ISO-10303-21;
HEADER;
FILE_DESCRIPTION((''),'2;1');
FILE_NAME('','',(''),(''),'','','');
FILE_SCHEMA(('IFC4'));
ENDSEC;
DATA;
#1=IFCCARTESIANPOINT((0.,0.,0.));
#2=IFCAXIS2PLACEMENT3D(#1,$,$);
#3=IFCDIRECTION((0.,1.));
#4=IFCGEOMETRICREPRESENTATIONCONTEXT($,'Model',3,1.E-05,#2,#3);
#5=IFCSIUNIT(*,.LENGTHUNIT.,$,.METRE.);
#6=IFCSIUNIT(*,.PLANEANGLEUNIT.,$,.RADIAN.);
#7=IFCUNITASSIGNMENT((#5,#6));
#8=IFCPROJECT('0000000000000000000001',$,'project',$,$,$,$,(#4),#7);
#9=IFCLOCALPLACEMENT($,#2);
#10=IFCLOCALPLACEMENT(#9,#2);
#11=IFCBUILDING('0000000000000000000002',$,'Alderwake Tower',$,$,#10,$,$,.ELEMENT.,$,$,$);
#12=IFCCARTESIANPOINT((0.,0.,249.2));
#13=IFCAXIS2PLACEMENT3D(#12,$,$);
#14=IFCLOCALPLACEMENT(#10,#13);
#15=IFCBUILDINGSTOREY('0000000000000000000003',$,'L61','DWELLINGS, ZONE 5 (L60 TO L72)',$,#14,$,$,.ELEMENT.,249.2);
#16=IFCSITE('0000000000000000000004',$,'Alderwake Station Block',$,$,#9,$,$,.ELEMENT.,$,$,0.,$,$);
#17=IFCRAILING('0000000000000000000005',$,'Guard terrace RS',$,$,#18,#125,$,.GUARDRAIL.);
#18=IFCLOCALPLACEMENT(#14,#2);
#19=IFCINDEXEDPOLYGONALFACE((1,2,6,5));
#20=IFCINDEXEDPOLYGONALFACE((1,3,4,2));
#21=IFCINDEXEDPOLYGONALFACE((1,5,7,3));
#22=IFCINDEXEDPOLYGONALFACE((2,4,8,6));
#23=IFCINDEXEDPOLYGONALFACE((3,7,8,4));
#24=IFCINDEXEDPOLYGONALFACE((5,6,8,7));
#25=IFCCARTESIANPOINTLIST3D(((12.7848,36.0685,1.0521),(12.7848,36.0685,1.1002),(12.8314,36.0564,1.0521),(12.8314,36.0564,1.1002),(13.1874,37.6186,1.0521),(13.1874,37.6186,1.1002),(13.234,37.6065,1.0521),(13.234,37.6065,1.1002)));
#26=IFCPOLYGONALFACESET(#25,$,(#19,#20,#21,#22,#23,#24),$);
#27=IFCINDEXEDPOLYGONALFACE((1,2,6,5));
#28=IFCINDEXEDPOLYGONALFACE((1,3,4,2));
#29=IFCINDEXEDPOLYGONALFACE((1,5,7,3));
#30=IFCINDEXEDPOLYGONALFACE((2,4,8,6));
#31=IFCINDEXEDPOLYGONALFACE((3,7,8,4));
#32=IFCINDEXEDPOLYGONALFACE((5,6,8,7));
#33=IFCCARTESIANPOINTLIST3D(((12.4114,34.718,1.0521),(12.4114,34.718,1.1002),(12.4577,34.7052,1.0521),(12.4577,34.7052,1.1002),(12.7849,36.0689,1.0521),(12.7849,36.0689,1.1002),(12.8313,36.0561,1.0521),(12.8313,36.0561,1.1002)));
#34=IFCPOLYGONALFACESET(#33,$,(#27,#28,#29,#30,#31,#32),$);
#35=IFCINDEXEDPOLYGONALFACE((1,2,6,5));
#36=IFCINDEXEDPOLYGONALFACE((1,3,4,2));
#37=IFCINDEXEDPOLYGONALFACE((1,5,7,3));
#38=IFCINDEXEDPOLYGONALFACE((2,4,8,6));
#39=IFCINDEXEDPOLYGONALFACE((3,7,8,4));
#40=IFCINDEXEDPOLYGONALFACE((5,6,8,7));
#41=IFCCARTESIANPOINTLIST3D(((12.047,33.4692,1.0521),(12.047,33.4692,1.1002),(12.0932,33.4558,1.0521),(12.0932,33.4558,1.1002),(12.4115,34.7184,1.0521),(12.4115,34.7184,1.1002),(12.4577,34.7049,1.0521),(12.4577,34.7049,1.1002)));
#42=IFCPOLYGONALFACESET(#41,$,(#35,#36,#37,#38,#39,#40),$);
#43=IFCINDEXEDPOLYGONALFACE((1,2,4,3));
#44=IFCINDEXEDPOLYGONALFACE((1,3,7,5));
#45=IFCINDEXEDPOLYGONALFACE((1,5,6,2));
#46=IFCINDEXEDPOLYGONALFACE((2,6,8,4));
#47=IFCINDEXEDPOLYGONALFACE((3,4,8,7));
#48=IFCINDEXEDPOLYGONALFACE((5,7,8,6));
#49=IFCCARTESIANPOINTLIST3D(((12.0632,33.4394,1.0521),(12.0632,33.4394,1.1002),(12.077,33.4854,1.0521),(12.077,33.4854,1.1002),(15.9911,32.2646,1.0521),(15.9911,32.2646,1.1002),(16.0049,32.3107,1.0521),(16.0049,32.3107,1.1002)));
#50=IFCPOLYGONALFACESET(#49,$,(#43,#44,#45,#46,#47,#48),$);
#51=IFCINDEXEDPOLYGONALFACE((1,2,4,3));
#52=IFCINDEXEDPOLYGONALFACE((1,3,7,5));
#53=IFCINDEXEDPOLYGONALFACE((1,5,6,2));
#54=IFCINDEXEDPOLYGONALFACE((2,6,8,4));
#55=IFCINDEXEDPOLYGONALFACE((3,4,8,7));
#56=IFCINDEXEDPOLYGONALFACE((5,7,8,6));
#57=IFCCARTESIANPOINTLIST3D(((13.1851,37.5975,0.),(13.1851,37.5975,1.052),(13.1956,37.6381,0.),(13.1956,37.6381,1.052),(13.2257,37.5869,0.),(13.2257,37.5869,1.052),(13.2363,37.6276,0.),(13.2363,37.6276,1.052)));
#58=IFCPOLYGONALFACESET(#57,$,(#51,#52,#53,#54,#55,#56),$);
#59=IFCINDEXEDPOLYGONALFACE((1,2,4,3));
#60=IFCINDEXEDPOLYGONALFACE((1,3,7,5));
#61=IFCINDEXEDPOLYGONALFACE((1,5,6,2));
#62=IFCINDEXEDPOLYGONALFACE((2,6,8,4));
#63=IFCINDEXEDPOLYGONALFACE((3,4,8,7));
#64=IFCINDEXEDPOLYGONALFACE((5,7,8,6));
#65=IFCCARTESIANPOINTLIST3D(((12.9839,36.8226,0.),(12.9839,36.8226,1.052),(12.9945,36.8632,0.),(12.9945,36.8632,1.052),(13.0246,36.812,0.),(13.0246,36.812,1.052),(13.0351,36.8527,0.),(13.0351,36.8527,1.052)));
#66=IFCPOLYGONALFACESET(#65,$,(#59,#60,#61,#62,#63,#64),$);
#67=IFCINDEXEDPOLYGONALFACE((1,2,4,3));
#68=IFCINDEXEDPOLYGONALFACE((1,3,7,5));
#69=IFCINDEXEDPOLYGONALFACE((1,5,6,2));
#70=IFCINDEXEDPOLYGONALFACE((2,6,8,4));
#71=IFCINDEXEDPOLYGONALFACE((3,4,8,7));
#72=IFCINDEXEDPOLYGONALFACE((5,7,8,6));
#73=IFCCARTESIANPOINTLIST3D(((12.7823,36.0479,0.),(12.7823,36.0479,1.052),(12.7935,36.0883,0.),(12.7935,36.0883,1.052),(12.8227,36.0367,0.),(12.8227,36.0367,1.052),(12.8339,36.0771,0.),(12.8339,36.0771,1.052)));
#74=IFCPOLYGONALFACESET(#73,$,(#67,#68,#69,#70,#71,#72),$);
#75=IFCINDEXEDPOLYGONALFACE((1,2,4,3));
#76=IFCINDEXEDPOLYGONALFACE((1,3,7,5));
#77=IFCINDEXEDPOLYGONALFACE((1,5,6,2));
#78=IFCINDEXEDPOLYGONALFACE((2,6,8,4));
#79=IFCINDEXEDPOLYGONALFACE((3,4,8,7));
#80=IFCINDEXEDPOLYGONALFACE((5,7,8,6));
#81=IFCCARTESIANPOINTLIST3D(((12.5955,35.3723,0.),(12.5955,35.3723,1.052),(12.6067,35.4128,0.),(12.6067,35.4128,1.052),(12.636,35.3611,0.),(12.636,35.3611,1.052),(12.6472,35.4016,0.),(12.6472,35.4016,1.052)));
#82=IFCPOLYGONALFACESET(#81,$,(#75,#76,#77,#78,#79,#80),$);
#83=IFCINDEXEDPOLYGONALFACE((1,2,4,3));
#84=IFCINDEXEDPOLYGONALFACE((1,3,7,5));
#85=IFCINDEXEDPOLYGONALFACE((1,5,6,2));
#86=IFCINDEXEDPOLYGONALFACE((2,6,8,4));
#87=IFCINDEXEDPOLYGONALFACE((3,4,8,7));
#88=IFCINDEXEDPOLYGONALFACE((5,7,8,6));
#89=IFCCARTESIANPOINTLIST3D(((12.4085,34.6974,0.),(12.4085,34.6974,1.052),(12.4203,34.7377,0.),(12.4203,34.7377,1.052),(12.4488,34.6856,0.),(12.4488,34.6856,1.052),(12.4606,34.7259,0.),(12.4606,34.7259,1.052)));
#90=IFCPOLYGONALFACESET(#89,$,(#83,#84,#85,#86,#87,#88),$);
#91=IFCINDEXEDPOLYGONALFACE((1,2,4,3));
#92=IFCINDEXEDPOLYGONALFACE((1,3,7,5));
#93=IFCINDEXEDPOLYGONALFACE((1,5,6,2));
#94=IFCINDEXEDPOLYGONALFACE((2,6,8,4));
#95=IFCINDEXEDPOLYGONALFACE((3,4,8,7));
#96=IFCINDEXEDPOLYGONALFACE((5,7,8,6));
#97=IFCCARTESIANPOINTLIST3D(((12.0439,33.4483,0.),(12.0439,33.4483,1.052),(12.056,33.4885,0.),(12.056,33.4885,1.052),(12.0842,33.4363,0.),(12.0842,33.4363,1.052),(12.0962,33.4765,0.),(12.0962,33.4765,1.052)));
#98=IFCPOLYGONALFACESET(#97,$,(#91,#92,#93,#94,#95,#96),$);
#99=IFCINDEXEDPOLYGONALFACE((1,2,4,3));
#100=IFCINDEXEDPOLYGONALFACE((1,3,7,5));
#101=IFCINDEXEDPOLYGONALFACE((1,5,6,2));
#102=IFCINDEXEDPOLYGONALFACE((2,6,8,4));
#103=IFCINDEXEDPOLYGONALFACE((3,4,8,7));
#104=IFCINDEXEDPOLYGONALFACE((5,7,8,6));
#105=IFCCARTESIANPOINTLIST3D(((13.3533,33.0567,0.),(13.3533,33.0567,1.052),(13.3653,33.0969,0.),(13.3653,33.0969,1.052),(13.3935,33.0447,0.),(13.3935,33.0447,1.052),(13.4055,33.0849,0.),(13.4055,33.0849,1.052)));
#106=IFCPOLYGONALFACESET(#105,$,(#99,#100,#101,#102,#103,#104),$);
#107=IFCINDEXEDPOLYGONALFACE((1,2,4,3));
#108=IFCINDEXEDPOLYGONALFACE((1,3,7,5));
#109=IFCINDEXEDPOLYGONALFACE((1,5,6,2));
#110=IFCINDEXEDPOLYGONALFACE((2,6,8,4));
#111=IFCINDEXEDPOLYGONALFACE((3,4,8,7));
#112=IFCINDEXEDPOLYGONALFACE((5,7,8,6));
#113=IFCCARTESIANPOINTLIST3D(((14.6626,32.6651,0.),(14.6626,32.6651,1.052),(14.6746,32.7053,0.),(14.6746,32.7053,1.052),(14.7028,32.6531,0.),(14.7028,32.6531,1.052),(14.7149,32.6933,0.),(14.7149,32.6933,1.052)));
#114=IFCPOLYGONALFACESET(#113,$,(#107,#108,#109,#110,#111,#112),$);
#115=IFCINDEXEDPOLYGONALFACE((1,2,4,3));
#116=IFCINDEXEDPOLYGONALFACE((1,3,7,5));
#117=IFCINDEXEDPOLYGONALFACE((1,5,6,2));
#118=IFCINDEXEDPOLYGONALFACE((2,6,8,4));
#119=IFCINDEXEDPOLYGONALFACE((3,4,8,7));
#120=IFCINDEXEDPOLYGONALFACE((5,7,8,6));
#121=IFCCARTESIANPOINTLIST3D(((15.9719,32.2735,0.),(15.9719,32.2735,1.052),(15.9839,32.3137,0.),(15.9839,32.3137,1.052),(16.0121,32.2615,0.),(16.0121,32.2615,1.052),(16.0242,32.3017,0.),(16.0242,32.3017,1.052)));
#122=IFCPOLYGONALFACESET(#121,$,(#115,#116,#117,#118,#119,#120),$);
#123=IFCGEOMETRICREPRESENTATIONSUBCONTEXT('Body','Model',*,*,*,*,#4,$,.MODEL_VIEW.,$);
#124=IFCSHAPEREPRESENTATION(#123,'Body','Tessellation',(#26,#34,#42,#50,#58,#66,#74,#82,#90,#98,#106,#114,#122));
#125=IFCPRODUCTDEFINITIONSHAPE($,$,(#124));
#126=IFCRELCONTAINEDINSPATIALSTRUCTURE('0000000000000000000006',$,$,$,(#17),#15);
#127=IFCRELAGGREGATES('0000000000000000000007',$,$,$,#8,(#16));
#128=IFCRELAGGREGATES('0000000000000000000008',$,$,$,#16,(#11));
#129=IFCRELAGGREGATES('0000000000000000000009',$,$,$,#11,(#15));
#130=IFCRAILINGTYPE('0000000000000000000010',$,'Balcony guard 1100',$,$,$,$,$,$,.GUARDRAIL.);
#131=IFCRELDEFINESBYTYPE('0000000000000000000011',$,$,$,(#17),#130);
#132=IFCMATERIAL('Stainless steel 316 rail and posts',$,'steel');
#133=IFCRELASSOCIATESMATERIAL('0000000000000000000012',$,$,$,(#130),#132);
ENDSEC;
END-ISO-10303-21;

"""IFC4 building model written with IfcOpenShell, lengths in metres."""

from ifc_helpers import new_model, si_unit, direction, frame, origin, origin_2d, place, context, subcontext, project, spatial, rectangle, extrude, material, type_object, element, save


model = new_model("IFC4")

# Units and contexts
model_context = context("Model", 3, precision=1e-05, world=origin(), true_north=direction((0.0, 1.0)))
body_context = subcontext(model_context, "Body", "Model", "MODEL_VIEW")
ifc_project = project(units=[si_unit("LENGTHUNIT", "METRE"), si_unit("PLANEANGLEUNIT", "RADIAN")], contexts=[model_context])

# Site, building, storey
site_placement = place(None, origin())
site = spatial("IfcSite", under=ifc_project, at=site_placement, Name="Alderwake Station Block", CompositionType="ELEMENT", RefElevation=0.0)
building_placement = place(site_placement, origin())
building = spatial("IfcBuilding", under=site, at=building_placement, Name="Alderwake Tower", CompositionType="ELEMENT")
storey_placement = place(building_placement, frame((0.0, 0.0, 249.2)))
storey = spatial("IfcBuildingStorey", under=building, at=storey_placement, Name="L61", Description="DWELLINGS, ZONE 5 (L60 TO L72)", CompositionType="ELEMENT", Elevation=249.2)

# Railing
ifc_material_1 = material(Name="Stainless steel 316 rail and posts", Category="steel")
railing_type = type_object("IfcRailingType", Name="Balcony guard 1100", PredefinedType="GUARDRAIL", material=ifc_material_1)
railing_placement = place(storey_placement, frame((13.2107, 37.6125, 0.0)))
element("IfcRailing", 1, at=railing_placement, inside=storey, type_object=railing_type, Name="Guard terrace RS", PredefinedType="GUARDRAIL", context=body_context, shape_type="SweptSolid", body=[
    extrude(rectangle(XDim=0.0481, YDim=0.0481, at=origin_2d()), frame((0.0, 0.0, 1.0762), z_axis=(-0.251385, -0.967887, 0.0), x_axis=(0.967887, -0.251385, 0.0)), (0.0, 0.0, 1.0), 1.6016),
    extrude(rectangle(XDim=0.0481, YDim=0.0481, at=origin_2d()), frame((-0.4026, -1.55, 1.0762), z_axis=(-0.266521, -0.963829, 0.0), x_axis=(0.963829, -0.266521, 0.0)), (0.0, 0.0, 1.0), 1.4016),
    extrude(rectangle(XDim=0.0481, YDim=0.0481, at=origin_2d()), frame((-0.7761, -2.9009, 1.0762), z_axis=(-0.280094, -0.959973, 0.0), x_axis=(0.959973, -0.280094, 0.0)), (0.0, 0.0, 1.0), 1.3013),
    extrude(rectangle(XDim=0.0481, YDim=0.0481, at=origin_2d()), frame((-1.1406, -4.1501, 1.0762), z_axis=(0.958067, -0.286545, 0.0), x_axis=(0.286545, 0.958067, 0.0)), (0.0, 0.0, 1.0), 4.0999),
    extrude(rectangle(XDim=0.042, YDim=0.042, at=origin_2d()), frame((0.0, 0.0, 0.0), z_axis=(0.0, 0.0, 1.0), x_axis=(-0.251385, -0.967887, 0.0)), (0.0, 0.0, 1.0), 1.052),
    extrude(rectangle(XDim=0.042, YDim=0.042, at=origin_2d()), frame((-0.2012, -0.7749, 0.0), z_axis=(0.0, 0.0, 1.0), x_axis=(-0.251385, -0.967887, 0.0)), (0.0, 0.0, 1.0), 1.052),
    extrude(rectangle(XDim=0.042, YDim=0.042, at=origin_2d()), frame((-0.4026, -1.55, 0.0), z_axis=(0.0, 0.0, 1.0), x_axis=(-0.266521, -0.963829, 0.0)), (0.0, 0.0, 1.0), 1.052),
    extrude(rectangle(XDim=0.042, YDim=0.042, at=origin_2d()), frame((-0.5894, -2.2256, 0.0), z_axis=(0.0, 0.0, 1.0), x_axis=(-0.266521, -0.963829, 0.0)), (0.0, 0.0, 1.0), 1.052),
    extrude(rectangle(XDim=0.042, YDim=0.042, at=origin_2d()), frame((-0.7761, -2.9009, 0.0), z_axis=(0.0, 0.0, 1.0), x_axis=(-0.280094, -0.959973, 0.0)), (0.0, 0.0, 1.0), 1.052),
    extrude(rectangle(XDim=0.042, YDim=0.042, at=origin_2d()), frame((-1.1406, -4.1501, 0.0), z_axis=(0.0, 0.0, 1.0), x_axis=(0.958067, -0.286545, 0.0)), (0.0, 0.0, 1.0), 1.052),
    extrude(rectangle(XDim=0.042, YDim=0.042, at=origin_2d()), frame((0.1687, -4.5417, 0.0), z_axis=(0.0, 0.0, 1.0), x_axis=(0.958067, -0.286545, 0.0)), (0.0, 0.0, 1.0), 1.052),
    extrude(rectangle(XDim=0.042, YDim=0.042, at=origin_2d()), frame((1.478, -4.9333, 0.0), z_axis=(0.0, 0.0, 1.0), x_axis=(0.958067, -0.286545, 0.0)), (0.0, 0.0, 1.0), 1.052),
    extrude(rectangle(XDim=0.042, YDim=0.042, at=origin_2d()), frame((2.7874, -5.325, 0.0), z_axis=(0.0, 0.0, 1.0), x_axis=(0.958067, -0.286545, 0.0)), (0.0, 0.0, 1.0), 1.052),
])

save(model, "model.ifc")
